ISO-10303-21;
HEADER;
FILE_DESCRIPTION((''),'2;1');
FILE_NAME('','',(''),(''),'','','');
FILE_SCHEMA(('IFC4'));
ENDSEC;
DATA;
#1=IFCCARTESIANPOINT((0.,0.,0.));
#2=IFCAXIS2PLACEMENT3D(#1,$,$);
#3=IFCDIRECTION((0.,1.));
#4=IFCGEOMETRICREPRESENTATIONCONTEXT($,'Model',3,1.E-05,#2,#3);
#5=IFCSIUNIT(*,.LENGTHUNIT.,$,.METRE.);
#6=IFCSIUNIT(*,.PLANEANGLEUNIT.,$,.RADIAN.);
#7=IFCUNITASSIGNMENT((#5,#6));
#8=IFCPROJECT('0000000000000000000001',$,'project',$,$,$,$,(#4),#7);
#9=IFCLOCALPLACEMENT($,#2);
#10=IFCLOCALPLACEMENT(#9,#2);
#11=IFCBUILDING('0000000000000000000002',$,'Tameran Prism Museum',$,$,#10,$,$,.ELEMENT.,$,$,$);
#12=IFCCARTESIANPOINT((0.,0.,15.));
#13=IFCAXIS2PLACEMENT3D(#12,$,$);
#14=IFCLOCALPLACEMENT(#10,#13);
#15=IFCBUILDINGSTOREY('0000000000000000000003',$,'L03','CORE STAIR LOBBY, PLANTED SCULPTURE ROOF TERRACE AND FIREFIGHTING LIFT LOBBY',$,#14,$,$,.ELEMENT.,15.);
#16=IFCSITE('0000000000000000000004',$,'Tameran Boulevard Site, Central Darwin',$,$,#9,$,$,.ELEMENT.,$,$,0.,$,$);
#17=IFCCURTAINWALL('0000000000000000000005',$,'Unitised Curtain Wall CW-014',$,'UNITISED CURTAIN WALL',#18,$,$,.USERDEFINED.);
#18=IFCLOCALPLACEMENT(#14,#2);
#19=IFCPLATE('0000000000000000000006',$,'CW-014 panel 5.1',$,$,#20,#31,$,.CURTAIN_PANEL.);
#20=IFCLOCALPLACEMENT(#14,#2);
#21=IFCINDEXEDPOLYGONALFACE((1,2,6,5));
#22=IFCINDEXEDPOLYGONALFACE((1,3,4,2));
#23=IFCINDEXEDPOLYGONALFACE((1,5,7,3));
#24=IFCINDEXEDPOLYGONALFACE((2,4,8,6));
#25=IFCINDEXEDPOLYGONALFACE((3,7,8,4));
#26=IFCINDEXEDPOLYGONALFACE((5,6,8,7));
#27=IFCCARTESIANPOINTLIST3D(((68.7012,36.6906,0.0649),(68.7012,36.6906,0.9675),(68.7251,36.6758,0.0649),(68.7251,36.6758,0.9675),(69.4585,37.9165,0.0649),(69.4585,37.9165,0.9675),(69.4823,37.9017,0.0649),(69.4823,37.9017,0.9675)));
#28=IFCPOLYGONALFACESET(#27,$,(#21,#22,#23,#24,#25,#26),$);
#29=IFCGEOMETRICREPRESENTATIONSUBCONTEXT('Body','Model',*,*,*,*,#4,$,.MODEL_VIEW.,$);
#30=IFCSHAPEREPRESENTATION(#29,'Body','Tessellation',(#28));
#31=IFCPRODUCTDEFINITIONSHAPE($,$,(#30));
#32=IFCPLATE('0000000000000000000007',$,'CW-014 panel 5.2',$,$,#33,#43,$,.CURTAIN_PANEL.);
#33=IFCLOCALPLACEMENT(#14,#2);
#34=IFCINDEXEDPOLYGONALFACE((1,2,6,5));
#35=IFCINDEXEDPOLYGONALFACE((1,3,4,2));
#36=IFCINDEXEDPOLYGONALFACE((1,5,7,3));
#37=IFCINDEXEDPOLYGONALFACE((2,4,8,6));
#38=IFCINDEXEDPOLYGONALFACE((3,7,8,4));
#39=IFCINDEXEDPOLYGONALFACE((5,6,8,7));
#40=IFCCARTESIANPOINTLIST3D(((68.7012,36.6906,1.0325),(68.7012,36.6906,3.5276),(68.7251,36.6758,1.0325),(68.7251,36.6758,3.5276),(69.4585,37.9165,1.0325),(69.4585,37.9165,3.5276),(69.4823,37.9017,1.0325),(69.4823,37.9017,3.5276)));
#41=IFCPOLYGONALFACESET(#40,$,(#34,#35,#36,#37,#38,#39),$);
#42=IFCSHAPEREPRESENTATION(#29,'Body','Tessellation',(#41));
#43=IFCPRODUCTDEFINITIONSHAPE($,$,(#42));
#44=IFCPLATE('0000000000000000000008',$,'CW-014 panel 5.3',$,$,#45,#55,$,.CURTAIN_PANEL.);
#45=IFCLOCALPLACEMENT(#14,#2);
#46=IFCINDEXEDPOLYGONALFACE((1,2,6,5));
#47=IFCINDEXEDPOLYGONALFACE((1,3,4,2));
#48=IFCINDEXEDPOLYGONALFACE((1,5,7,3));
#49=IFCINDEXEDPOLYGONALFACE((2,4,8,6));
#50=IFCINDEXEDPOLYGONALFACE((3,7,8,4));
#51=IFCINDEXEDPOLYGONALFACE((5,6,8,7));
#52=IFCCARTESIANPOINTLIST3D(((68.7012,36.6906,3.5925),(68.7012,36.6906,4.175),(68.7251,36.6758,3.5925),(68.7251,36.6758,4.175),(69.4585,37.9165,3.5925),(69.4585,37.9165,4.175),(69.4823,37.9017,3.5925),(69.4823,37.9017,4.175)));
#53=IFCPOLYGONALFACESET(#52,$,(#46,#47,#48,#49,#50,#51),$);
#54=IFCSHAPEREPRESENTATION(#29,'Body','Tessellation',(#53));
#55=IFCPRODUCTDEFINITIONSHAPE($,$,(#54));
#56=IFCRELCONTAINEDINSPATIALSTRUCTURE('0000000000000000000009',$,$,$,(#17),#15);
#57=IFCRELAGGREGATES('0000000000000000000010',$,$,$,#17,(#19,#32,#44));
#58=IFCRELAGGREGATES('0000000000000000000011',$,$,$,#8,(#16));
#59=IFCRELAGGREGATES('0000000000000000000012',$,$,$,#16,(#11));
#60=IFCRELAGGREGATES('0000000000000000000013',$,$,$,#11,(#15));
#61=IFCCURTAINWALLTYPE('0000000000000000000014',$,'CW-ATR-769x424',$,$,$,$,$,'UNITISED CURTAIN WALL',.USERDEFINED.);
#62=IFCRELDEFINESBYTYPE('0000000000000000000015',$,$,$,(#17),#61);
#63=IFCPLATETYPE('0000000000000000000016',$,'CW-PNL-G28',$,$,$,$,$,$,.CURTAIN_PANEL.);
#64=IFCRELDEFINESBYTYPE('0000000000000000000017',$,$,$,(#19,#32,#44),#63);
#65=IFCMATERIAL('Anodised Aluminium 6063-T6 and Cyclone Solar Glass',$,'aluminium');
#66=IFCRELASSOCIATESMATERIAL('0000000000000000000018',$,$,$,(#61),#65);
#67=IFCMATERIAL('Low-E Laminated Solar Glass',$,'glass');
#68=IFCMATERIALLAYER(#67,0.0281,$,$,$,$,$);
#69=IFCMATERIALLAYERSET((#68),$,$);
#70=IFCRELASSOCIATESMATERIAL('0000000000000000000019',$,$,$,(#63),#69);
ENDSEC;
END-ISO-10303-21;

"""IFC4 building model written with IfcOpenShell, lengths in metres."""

from ifc_helpers import new_model, si_unit, direction, frame, origin, origin_2d, place, context, subcontext, project, spatial, rectangle, extrude, material, layer, layer_set, type_object, element, aggregate, save


model = new_model("IFC4")

# Units and contexts
model_context = context("Model", 3, precision=1e-05, world=origin(), true_north=direction((0.0, 1.0)))
body_context = subcontext(model_context, "Body", "Model", "MODEL_VIEW")
ifc_project = project(units=[si_unit("LENGTHUNIT", "METRE"), si_unit("PLANEANGLEUNIT", "RADIAN")], contexts=[model_context])

# Site, building, storey
site_placement = place(None, origin())
site = spatial("IfcSite", under=ifc_project, at=site_placement, Name="Tameran Boulevard Site, Central Darwin", CompositionType="ELEMENT", RefElevation=0.0)
building_placement = place(site_placement, origin())
building = spatial("IfcBuilding", under=site, at=building_placement, Name="Tameran Prism Museum", CompositionType="ELEMENT")
storey_placement = place(building_placement, frame((0.0, 0.0, 15.0)))
storey = spatial("IfcBuildingStorey", under=building, at=storey_placement, Name="L03", Description="CORE STAIR LOBBY, PLANTED SCULPTURE ROOF TERRACE AND FIREFIGHTING LIFT LOBBY", CompositionType="ELEMENT", Elevation=15.0)

# Curtain wall, plates
ifc_material_1 = material(Name="Anodised Aluminium 6063-T6 and Cyclone Solar Glass", Category="aluminium")
curtain_wall_type = type_object("IfcCurtainWallType", Name="CW-ATR-769x424", ElementType="UNITISED CURTAIN WALL", PredefinedType="USERDEFINED", material=ifc_material_1)
curtain_wall_placement = place(storey_placement, origin())
curtain_wall = element("IfcCurtainWall", 1, at=curtain_wall_placement, inside=storey, type_object=curtain_wall_type, Name="Unitised Curtain Wall CW-014", ObjectType="UNITISED CURTAIN WALL", PredefinedType="USERDEFINED")
ifc_material_2 = material(Name="Low-E Laminated Solar Glass", Category="glass")
ifc_layer_1 = layer(ifc_material_2, 0.0281)
ifc_layer_set_1 = layer_set([ifc_layer_1])
plate_type = type_object("IfcPlateType", Name="CW-PNL-G28", PredefinedType="CURTAIN_PANEL", material=ifc_layer_set_1)
plate_1_placement = place(storey_placement, frame((69.0918, 37.2961, 0.0649), z_axis=(0.0, 0.0, 1.0), x_axis=(-0.525504, -0.850791, 0.0)))
plate_1 = element("IfcPlate", 2, at=plate_1_placement, type_object=plate_type, Name="CW-014 panel 5.1", PredefinedType="CURTAIN_PANEL", context=body_context, shape_type="SweptSolid", body=[
    extrude(rectangle(XDim=1.4409, YDim=0.0281, at=origin_2d()), origin(), (0.0, 0.0, 1.0), 0.9026),
])
plate_2_placement = place(storey_placement, frame((69.0918, 37.2961, 1.0325), z_axis=(0.0, 0.0, 1.0), x_axis=(-0.525504, -0.850791, 0.0)))
plate_2 = element("IfcPlate", 3, at=plate_2_placement, type_object=plate_type, Name="CW-014 panel 5.2", PredefinedType="CURTAIN_PANEL", context=body_context, shape_type="SweptSolid", body=[
    extrude(rectangle(XDim=1.4409, YDim=0.0281, at=origin_2d()), origin(), (0.0, 0.0, 1.0), 2.4951),
])
plate_3_placement = place(storey_placement, frame((69.0918, 37.2961, 3.5925), z_axis=(0.0, 0.0, 1.0), x_axis=(-0.525504, -0.850791, 0.0)))
plate_3 = element("IfcPlate", 4, at=plate_3_placement, type_object=plate_type, Name="CW-014 panel 5.3", PredefinedType="CURTAIN_PANEL", context=body_context, shape_type="SweptSolid", body=[
    extrude(rectangle(XDim=1.4409, YDim=0.0281, at=origin_2d()), origin(), (0.0, 0.0, 1.0), 0.5825),
])
aggregate(curtain_wall, [plate_1, plate_2, plate_3])

save(model, "model.ifc")
